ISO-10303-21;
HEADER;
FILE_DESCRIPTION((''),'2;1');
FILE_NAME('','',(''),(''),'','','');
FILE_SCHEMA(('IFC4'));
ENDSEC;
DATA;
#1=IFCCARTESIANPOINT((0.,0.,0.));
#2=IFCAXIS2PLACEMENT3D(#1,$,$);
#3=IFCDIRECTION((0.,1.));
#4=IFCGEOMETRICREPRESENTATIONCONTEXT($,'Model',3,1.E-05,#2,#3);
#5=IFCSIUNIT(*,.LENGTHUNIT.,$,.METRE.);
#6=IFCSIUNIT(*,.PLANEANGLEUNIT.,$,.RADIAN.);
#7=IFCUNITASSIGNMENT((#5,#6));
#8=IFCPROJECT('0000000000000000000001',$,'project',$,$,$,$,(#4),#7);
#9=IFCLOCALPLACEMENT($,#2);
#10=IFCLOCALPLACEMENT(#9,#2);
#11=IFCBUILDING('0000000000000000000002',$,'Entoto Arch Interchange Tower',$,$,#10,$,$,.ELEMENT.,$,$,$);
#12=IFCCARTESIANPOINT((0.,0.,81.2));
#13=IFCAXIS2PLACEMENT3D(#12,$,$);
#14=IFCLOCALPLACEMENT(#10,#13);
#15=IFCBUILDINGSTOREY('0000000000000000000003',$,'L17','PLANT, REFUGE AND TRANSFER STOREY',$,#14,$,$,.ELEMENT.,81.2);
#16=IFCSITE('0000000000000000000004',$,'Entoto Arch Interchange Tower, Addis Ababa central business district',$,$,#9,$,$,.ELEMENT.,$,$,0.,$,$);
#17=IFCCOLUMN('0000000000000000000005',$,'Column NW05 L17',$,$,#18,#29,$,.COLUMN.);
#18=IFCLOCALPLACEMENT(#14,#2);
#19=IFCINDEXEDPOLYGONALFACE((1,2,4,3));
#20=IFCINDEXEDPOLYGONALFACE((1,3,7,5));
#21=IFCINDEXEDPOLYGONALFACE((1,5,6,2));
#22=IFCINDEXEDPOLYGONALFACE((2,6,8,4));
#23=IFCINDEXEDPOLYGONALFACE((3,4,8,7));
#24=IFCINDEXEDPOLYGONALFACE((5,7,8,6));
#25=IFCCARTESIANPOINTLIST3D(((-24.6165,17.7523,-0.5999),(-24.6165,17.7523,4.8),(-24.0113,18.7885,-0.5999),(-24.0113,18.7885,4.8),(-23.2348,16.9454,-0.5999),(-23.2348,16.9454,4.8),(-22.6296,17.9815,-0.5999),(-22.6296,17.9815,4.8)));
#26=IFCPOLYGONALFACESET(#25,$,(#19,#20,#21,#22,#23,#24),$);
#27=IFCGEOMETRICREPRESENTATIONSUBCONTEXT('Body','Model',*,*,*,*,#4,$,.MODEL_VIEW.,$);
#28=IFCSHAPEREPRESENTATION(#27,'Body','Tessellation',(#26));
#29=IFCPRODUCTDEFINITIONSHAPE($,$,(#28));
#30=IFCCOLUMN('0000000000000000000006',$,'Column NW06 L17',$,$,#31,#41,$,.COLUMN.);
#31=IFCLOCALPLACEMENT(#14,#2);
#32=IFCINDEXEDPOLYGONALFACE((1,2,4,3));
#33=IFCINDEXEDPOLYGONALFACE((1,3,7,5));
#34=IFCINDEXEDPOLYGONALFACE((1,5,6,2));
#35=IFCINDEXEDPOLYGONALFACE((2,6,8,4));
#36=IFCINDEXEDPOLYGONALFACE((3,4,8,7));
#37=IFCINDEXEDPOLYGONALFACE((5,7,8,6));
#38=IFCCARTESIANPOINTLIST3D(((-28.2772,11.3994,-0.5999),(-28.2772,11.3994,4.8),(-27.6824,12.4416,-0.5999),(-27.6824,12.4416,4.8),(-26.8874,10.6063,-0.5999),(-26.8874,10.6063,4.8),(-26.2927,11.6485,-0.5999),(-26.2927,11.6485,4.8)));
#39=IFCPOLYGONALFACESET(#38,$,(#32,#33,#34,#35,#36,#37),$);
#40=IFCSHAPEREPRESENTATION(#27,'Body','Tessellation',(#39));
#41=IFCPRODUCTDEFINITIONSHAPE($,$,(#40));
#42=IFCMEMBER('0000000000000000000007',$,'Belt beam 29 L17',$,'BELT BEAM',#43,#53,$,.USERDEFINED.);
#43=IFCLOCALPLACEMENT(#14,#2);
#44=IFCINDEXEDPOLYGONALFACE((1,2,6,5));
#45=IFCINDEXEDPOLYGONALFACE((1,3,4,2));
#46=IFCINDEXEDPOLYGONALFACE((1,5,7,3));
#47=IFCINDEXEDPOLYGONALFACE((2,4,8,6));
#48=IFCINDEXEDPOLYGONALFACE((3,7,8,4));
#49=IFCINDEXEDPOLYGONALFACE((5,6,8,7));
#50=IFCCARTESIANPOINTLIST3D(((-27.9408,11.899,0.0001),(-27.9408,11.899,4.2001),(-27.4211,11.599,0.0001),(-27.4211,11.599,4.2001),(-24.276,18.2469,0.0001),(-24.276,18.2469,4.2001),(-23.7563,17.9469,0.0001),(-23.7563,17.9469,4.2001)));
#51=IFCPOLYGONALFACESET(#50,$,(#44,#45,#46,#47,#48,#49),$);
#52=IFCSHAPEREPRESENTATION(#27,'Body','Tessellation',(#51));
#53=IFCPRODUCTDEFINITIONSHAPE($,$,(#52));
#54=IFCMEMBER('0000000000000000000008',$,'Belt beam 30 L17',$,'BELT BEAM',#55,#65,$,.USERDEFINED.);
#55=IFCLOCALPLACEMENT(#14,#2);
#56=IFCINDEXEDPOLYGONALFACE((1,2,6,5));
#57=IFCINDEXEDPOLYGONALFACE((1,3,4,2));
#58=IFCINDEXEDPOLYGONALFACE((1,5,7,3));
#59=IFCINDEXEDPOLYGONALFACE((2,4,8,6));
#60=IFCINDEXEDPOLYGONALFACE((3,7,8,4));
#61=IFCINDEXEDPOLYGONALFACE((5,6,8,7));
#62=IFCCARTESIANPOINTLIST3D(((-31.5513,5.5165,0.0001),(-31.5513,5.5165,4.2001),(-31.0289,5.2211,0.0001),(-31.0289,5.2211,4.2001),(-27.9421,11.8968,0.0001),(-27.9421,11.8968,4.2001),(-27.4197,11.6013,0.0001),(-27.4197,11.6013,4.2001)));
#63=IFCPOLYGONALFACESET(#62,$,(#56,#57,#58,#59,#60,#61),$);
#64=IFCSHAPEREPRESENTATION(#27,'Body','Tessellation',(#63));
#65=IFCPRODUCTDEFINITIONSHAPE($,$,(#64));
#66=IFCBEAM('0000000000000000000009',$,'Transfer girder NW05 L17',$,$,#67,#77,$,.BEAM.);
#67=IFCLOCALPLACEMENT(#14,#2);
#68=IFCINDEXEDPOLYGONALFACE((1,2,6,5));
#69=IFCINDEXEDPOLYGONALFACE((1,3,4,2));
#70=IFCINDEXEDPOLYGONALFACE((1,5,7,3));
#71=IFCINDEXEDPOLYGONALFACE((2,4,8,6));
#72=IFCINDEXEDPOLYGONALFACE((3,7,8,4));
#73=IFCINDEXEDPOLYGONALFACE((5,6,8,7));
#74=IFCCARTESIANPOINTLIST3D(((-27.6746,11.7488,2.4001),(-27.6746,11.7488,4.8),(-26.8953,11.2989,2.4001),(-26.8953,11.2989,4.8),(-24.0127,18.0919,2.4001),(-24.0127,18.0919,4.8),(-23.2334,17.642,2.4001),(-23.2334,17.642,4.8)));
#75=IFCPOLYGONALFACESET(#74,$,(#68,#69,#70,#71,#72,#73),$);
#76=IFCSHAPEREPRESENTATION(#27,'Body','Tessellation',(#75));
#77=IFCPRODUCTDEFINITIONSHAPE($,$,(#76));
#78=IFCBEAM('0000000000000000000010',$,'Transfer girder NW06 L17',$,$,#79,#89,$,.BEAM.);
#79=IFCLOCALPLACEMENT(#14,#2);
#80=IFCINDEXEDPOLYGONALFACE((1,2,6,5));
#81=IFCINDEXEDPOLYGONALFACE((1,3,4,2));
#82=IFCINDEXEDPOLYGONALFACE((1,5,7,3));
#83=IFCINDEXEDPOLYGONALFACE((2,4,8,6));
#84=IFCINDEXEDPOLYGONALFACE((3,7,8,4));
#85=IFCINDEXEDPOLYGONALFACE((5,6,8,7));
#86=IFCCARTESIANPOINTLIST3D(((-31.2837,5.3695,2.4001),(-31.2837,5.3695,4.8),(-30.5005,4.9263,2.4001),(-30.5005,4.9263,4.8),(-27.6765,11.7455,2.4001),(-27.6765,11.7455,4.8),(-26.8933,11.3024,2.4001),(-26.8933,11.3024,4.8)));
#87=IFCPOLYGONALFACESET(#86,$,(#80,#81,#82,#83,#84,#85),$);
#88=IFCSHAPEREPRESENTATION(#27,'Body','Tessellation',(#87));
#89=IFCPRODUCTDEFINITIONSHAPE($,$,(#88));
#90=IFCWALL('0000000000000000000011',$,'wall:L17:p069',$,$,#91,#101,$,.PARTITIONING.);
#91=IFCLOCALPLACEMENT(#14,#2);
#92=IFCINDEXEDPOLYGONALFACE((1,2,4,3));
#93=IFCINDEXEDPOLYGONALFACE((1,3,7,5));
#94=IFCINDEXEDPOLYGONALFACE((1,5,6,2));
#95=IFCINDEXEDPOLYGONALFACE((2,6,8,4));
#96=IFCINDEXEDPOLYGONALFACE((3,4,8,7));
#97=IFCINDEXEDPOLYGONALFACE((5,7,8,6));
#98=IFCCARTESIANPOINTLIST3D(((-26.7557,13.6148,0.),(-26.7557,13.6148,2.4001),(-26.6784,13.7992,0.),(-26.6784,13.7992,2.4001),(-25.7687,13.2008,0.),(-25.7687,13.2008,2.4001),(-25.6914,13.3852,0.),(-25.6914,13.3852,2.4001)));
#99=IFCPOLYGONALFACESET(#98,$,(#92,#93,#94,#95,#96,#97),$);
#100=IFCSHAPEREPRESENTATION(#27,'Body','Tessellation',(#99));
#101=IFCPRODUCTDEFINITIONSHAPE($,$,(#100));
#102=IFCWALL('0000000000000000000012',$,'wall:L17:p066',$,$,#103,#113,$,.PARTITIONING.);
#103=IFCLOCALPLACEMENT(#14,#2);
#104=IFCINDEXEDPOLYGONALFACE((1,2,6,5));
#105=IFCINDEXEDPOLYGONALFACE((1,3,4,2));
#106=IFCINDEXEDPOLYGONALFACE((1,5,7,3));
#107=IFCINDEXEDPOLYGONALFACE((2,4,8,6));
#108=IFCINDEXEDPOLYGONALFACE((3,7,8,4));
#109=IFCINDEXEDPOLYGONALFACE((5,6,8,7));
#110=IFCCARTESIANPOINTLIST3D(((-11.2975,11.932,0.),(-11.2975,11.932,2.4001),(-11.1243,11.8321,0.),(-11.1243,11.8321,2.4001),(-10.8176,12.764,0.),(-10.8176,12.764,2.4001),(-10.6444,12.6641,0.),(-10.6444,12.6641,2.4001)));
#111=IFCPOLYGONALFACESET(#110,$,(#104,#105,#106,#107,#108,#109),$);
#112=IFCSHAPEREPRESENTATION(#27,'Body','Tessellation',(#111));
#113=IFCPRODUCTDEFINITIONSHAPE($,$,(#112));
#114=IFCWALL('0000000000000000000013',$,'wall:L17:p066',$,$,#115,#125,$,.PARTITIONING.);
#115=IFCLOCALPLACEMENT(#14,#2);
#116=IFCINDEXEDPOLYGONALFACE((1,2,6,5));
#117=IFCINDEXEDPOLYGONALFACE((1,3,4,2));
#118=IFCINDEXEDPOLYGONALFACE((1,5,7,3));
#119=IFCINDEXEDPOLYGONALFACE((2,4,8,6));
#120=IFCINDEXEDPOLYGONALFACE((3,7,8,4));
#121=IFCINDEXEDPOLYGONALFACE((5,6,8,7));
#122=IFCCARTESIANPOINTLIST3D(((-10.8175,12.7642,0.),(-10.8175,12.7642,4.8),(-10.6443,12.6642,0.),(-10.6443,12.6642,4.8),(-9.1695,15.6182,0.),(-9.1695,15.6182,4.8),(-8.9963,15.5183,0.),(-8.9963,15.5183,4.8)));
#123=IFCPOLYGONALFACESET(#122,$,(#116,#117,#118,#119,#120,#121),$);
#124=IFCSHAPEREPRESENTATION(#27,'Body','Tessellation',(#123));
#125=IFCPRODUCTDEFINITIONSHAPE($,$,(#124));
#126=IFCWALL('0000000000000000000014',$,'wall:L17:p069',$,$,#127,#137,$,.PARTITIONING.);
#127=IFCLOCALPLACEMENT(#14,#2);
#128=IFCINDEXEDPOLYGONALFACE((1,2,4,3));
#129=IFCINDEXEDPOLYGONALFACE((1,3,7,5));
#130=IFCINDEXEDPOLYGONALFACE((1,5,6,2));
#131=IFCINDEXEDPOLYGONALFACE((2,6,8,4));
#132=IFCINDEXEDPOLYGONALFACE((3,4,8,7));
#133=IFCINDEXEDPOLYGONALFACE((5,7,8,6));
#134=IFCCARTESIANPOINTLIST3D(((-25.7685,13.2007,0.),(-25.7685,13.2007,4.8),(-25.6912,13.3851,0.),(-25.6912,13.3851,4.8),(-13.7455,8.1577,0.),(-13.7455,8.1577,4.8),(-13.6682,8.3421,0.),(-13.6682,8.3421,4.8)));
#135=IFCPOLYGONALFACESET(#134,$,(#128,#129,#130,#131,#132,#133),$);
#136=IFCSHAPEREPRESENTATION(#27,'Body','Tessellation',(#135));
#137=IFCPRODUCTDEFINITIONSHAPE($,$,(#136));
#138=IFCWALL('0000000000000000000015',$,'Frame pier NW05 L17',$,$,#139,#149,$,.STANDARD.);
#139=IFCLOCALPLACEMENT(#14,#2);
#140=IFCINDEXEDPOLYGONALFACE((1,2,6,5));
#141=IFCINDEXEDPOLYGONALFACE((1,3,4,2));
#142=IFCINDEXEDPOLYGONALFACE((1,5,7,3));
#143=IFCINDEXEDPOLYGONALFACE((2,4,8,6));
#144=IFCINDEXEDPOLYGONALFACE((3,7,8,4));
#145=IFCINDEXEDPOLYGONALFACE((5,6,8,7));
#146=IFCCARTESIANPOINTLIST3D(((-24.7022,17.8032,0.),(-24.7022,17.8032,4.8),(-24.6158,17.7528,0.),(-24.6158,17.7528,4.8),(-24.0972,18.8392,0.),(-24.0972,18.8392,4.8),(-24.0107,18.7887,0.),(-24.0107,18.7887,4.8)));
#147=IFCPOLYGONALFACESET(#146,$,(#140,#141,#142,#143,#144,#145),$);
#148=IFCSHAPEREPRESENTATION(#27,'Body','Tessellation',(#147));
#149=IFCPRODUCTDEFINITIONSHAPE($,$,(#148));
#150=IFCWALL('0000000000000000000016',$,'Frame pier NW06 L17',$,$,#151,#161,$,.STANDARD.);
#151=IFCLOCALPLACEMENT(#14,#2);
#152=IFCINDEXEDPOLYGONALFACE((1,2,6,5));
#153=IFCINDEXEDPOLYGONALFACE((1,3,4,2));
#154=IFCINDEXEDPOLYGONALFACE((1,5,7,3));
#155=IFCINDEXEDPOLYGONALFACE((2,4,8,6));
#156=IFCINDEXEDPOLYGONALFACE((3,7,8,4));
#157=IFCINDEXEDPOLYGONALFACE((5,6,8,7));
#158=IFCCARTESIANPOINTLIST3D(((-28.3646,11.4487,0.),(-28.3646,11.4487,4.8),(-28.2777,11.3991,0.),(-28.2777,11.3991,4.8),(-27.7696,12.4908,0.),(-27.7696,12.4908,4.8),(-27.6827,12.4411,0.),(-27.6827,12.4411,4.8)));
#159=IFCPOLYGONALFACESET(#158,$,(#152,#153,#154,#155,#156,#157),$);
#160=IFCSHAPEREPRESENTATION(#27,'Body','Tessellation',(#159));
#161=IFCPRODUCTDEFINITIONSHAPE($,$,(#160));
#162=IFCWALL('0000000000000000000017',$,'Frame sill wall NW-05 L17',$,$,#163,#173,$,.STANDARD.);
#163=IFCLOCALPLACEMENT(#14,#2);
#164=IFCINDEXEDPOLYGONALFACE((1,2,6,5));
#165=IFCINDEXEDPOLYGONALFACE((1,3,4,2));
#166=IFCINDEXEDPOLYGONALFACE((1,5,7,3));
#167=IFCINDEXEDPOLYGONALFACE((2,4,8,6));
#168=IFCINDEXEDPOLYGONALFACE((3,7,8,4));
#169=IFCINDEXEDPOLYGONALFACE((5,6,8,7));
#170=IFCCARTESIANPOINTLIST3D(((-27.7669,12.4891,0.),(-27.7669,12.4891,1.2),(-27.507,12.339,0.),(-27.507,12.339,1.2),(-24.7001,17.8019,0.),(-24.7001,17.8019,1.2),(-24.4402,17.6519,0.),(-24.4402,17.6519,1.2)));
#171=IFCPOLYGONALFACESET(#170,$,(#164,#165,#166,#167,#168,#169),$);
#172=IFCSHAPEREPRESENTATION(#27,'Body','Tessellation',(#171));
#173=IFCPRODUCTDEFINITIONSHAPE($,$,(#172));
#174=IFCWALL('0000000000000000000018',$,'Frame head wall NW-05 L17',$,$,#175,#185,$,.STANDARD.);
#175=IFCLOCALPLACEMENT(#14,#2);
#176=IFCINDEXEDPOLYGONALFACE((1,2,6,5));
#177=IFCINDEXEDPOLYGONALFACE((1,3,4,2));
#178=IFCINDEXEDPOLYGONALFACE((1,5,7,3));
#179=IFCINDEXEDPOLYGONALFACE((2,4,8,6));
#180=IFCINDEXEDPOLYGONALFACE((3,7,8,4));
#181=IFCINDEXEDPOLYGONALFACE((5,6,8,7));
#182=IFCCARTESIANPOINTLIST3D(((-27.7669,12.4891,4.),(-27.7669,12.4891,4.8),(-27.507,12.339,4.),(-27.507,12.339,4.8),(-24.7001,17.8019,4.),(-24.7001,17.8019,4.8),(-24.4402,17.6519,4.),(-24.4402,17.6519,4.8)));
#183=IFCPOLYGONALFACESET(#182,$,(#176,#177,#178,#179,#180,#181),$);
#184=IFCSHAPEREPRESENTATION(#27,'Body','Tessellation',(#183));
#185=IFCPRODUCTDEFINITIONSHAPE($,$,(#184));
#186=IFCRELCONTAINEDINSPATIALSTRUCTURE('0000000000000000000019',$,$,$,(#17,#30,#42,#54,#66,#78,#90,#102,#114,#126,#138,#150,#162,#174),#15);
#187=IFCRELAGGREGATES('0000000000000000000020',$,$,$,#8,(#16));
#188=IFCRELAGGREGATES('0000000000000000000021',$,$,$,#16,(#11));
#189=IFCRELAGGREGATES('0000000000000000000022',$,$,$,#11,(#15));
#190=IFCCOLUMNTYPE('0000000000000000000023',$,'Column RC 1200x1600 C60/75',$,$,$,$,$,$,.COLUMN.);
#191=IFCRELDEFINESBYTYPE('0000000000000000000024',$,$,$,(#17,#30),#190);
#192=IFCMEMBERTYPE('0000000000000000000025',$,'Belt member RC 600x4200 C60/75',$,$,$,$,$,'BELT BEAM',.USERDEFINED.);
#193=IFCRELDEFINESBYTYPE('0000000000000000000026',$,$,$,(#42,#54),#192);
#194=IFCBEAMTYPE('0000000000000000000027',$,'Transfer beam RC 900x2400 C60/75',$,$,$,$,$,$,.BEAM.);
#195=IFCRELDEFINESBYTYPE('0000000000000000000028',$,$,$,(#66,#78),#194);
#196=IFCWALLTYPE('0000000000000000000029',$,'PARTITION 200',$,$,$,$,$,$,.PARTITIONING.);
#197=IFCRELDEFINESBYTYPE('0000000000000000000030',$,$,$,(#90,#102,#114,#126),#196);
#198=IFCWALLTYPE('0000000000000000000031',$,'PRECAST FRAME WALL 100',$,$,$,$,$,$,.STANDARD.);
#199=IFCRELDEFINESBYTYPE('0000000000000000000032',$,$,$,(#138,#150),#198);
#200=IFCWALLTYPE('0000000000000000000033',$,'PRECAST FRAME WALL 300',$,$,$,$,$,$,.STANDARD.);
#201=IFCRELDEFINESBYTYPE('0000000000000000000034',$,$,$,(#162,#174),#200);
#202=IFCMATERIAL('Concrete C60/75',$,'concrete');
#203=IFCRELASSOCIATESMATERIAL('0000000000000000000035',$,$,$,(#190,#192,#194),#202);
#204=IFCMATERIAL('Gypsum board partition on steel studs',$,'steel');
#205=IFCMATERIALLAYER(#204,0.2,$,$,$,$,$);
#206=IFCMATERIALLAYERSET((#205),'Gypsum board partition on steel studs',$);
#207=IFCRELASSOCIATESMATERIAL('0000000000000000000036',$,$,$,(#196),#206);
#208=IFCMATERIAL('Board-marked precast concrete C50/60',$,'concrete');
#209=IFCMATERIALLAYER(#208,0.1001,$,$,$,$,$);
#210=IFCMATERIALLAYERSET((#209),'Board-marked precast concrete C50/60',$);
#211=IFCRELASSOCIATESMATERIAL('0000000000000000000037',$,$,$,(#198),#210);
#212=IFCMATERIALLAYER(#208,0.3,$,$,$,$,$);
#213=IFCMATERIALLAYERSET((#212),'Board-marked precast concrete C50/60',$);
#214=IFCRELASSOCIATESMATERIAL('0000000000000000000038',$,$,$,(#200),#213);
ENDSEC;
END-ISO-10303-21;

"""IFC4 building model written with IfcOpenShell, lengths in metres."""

from ifc_helpers import new_model, si_unit, direction, frame, frame_2d, origin, origin_2d, place, context, subcontext, project, spatial, rectangle, extrude, material, layer, layer_set, material_profile, profile_set, type_object, element, save


model = new_model("IFC4")

# Units and contexts
model_context = context("Model", 3, precision=1e-05, world=origin(), true_north=direction((0.0, 1.0)))
body_context = subcontext(model_context, "Body", "Model", "MODEL_VIEW")
ifc_project = project(units=[si_unit("LENGTHUNIT", "METRE"), si_unit("PLANEANGLEUNIT", "RADIAN")], contexts=[model_context])

# Site, building, storey
site_placement = place(None, origin())
site = spatial("IfcSite", under=ifc_project, at=site_placement, Name="Entoto Arch Interchange Tower, Addis Ababa central business district", CompositionType="ELEMENT", RefElevation=0.0)
building_placement = place(site_placement, origin())
building = spatial("IfcBuilding", under=site, at=building_placement, Name="Entoto Arch Interchange Tower", CompositionType="ELEMENT")
storey_placement = place(building_placement, frame((0.0, 0.0, 81.2)))
storey = spatial("IfcBuildingStorey", under=building, at=storey_placement, Name="L17", Description="PLANT, REFUGE AND TRANSFER STOREY", CompositionType="ELEMENT", Elevation=81.2)

# Columns
ifc_material_1 = material(Name="Concrete C60/75", Category="concrete")
ifc_material_profile_1 = material_profile(ifc_material_1, rectangle(XDim=1.2, YDim=1.6001, at=origin_2d()))
ifc_profile_set_1 = profile_set([ifc_material_profile_1], Name="Concrete C60/75")
column_type = type_object("IfcColumnType", Name="Column RC 1200x1600 C60/75", PredefinedType="COLUMN", material=ifc_profile_set_1)
for number, where, z_axis, x_axis, name in (
    (1, (-23.623, 17.8669, -0.5999), (0.0, 0.0, 1.0), (0.504332, 0.86351, 0.0), "Column NW05 L17"),
    (2, (-27.2849, 11.5239, -0.5999), (0.0, 0.0, 1.0), (0.495656, 0.868519, 0.0), "Column NW06 L17"),
):
    element("IfcColumn", number, at=place(storey_placement, frame(where, z_axis=z_axis, x_axis=x_axis)), inside=storey, type_object=column_type, Name=name, PredefinedType="COLUMN", context=body_context, shape_type="SweptSolid", body=[
        extrude(rectangle(XDim=1.2, YDim=1.6001, at=origin_2d()), origin(), (0.0, 0.0, 1.0), 5.3999),
    ])

# Members
ifc_material_profile_2 = material_profile(ifc_material_1, rectangle(XDim=0.6001, YDim=4.2, at=origin_2d()))
ifc_profile_set_2 = profile_set([ifc_material_profile_2], Name="Concrete C60/75")
member_type = type_object("IfcMemberType", Name="Belt member RC 600x4200 C60/75", ElementType="BELT BEAM", PredefinedType="USERDEFINED", material=ifc_profile_set_2)
member_1_placement = place(storey_placement, frame((-24.0161, 18.0969, 2.1001), z_axis=(-0.499983, -0.866035, 0.0), x_axis=(0.866035, -0.499983, 0.0)))
element("IfcMember", 3, at=member_1_placement, inside=storey, type_object=member_type, Name="Belt beam 29 L17", ObjectType="BELT BEAM", PredefinedType="USERDEFINED", context=body_context, shape_type="SweptSolid", body=[
    extrude(rectangle(XDim=0.6001, YDim=4.2, at=origin_2d()), origin(), (0.0, 0.0, 1.0), 7.3298),
])
member_2_placement = place(storey_placement, frame((-27.6809, 11.749, 2.1001), z_axis=(-0.492365, -0.870389, 0.0), x_axis=(0.870389, -0.492365, 0.0)))
element("IfcMember", 4, at=member_2_placement, inside=storey, type_object=member_type, Name="Belt beam 30 L17", ObjectType="BELT BEAM", PredefinedType="USERDEFINED", context=body_context, shape_type="SweptSolid", body=[
    extrude(rectangle(XDim=0.6001, YDim=4.2, at=origin_2d()), origin(), (0.0, 0.0, 1.0), 7.3303),
])

# Beams
ifc_material_profile_3 = material_profile(ifc_material_1, rectangle(XDim=0.8999, YDim=2.3999, at=origin_2d()))
ifc_profile_set_3 = profile_set([ifc_material_profile_3], Name="Concrete C60/75")
beam_type = type_object("IfcBeamType", Name="Transfer beam RC 900x2400 C60/75", PredefinedType="BEAM", material=ifc_profile_set_3)
beam_1_placement = place(storey_placement, frame((-23.623, 17.8669, 3.6001), z_axis=(-0.499972, -0.866042, 0.0), x_axis=(0.866042, -0.499972, 0.0)))
element("IfcBeam", 5, at=beam_1_placement, inside=storey, type_object=beam_type, Name="Transfer girder NW05 L17", PredefinedType="BEAM", context=body_context, shape_type="SweptSolid", body=[
    extrude(rectangle(XDim=0.8999, YDim=2.3999, at=origin_2d()), origin(), (0.0, 0.0, 1.0), 7.3242),
])
beam_2_placement = place(storey_placement, frame((-27.2849, 11.5239, 3.6001), z_axis=(-0.492405, -0.870366, 0.0), x_axis=(0.870366, -0.492405, 0.0)))
element("IfcBeam", 6, at=beam_2_placement, inside=storey, type_object=beam_type, Name="Transfer girder NW06 L17", PredefinedType="BEAM", context=body_context, shape_type="SweptSolid", body=[
    extrude(rectangle(XDim=0.8999, YDim=2.3999, at=origin_2d()), origin(), (0.0, 0.0, 1.0), 7.3257),
])

# Walls
ifc_material_2 = material(Name="Gypsum board partition on steel studs", Category="steel")
ifc_layer_1 = layer(ifc_material_2, 0.2)
ifc_layer_set_1 = layer_set([ifc_layer_1], Name="Gypsum board partition on steel studs")
wall_type_1 = type_object("IfcWallType", Name="PARTITION 200", PredefinedType="PARTITIONING", material=ifc_layer_set_1)
wall_1_placement = place(storey_placement, frame((-26.717, 13.707, 0.0), z_axis=(0.0, 0.0, 1.0), x_axis=(0.92215, -0.386833, 0.0)))
element("IfcWall", 7, at=wall_1_placement, inside=storey, type_object=wall_type_1, Name="wall:L17:p069", PredefinedType="PARTITIONING", context=body_context, shape_type="SweptSolid", body=[
    extrude(rectangle(XDim=1.0703, YDim=0.2, at=frame_2d((0.5352, 0.0))), origin(), (0.0, 0.0, 1.0), 2.4001),
])
wall_2_placement = place(storey_placement, frame((-11.2109, 11.8821, 0.0), z_axis=(0.0, 0.0, 1.0), x_axis=(0.499693, 0.866203, 0.0)))
element("IfcWall", 8, at=wall_2_placement, inside=storey, type_object=wall_type_1, Name="wall:L17:p066", PredefinedType="PARTITIONING", context=body_context, shape_type="SweptSolid", body=[
    extrude(rectangle(XDim=0.9604, YDim=0.2, at=frame_2d((0.4802, 0.0))), origin(), (0.0, 0.0, 1.0), 2.4001),
])
wall_3_placement = place(storey_placement, frame((-10.731, 12.7141, 0.0), z_axis=(0.0, 0.0, 1.0), x_axis=(0.500043, 0.866001, 0.0)))
element("IfcWall", 9, at=wall_3_placement, inside=storey, type_object=wall_type_1, Name="wall:L17:p066", PredefinedType="PARTITIONING", context=body_context, shape_type="SweptSolid", body=[
    extrude(rectangle(XDim=3.2957, YDim=0.2, at=frame_2d((1.6479, 0.0))), origin(), (0.0, 0.0, 1.0), 4.8),
])
wall_4_placement = place(storey_placement, frame((-25.73, 13.293, 0.0), z_axis=(0.0, 0.0, 1.0), x_axis=(0.922165, -0.386798, 0.0)))
element("IfcWall", 10, at=wall_4_placement, inside=storey, type_object=wall_type_1, Name="wall:L17:p069", PredefinedType="PARTITIONING", context=body_context, shape_type="SweptSolid", body=[
    extrude(rectangle(XDim=13.0378, YDim=0.2, at=frame_2d((6.519, 0.0))), origin(), (0.0, 0.0, 1.0), 4.8),
])
ifc_material_3 = material(Name="Board-marked precast concrete C50/60", Category="concrete")
ifc_layer_2 = layer(ifc_material_3, 0.1001)
ifc_layer_set_2 = layer_set([ifc_layer_2], Name="Board-marked precast concrete C50/60")
wall_type_2 = type_object("IfcWallType", Name="PRECAST FRAME WALL 100", PredefinedType="STANDARD", material=ifc_layer_set_2)
wall_5_placement = place(storey_placement, frame((-24.054, 18.814, 0.0), z_axis=(0.0, 0.0, 1.0), x_axis=(-0.504314, -0.86352, 0.0)))
element("IfcWall", 11, at=wall_5_placement, inside=storey, type_object=wall_type_2, Name="Frame pier NW05 L17", PredefinedType="STANDARD", context=body_context, shape_type="SweptSolid", body=[
    extrude(rectangle(XDim=1.1997, YDim=0.1001, at=frame_2d((0.5999, 0.0))), origin(), (0.0, 0.0, 1.0), 4.8),
])
wall_6_placement = place(storey_placement, frame((-27.7261, 12.4661, 0.0), z_axis=(0.0, 0.0, 1.0), x_axis=(-0.495854, -0.868406, 0.0)))
element("IfcWall", 12, at=wall_6_placement, inside=storey, type_object=wall_type_2, Name="Frame pier NW06 L17", PredefinedType="STANDARD", context=body_context, shape_type="SweptSolid", body=[
    extrude(rectangle(XDim=1.2, YDim=0.1001, at=frame_2d((0.6001, 0.0))), origin(), (0.0, 0.0, 1.0), 4.8),
])
ifc_layer_3 = layer(ifc_material_3, 0.3)
ifc_layer_set_3 = layer_set([ifc_layer_3], Name="Board-marked precast concrete C50/60")
wall_type_3 = type_object("IfcWallType", Name="PRECAST FRAME WALL 300", PredefinedType="STANDARD", material=ifc_layer_set_3)
wall_7_placement = place(storey_placement, frame((-24.5701, 17.7271, 0.0), z_axis=(0.0, 0.0, 1.0), x_axis=(-0.499931, -0.866065, 0.0)))
element("IfcWall", 13, at=wall_7_placement, inside=storey, type_object=wall_type_3, Name="Frame sill wall NW-05 L17", PredefinedType="STANDARD", context=body_context, shape_type="SweptSolid", body=[
    extrude(rectangle(XDim=6.1345, YDim=0.3, at=frame_2d((3.0674, 0.0))), origin(), (0.0, 0.0, 1.0), 1.2),
])
wall_8_placement = place(storey_placement, frame((-24.5701, 17.7271, 4.0), z_axis=(0.0, 0.0, 1.0), x_axis=(-0.499931, -0.866065, 0.0)))
element("IfcWall", 14, at=wall_8_placement, inside=storey, type_object=wall_type_3, Name="Frame head wall NW-05 L17", PredefinedType="STANDARD", context=body_context, shape_type="SweptSolid", body=[
    extrude(rectangle(XDim=6.1345, YDim=0.3, at=frame_2d((3.0674, 0.0))), origin(), (0.0, 0.0, 1.0), 0.8),
])

save(model, "model.ifc")
